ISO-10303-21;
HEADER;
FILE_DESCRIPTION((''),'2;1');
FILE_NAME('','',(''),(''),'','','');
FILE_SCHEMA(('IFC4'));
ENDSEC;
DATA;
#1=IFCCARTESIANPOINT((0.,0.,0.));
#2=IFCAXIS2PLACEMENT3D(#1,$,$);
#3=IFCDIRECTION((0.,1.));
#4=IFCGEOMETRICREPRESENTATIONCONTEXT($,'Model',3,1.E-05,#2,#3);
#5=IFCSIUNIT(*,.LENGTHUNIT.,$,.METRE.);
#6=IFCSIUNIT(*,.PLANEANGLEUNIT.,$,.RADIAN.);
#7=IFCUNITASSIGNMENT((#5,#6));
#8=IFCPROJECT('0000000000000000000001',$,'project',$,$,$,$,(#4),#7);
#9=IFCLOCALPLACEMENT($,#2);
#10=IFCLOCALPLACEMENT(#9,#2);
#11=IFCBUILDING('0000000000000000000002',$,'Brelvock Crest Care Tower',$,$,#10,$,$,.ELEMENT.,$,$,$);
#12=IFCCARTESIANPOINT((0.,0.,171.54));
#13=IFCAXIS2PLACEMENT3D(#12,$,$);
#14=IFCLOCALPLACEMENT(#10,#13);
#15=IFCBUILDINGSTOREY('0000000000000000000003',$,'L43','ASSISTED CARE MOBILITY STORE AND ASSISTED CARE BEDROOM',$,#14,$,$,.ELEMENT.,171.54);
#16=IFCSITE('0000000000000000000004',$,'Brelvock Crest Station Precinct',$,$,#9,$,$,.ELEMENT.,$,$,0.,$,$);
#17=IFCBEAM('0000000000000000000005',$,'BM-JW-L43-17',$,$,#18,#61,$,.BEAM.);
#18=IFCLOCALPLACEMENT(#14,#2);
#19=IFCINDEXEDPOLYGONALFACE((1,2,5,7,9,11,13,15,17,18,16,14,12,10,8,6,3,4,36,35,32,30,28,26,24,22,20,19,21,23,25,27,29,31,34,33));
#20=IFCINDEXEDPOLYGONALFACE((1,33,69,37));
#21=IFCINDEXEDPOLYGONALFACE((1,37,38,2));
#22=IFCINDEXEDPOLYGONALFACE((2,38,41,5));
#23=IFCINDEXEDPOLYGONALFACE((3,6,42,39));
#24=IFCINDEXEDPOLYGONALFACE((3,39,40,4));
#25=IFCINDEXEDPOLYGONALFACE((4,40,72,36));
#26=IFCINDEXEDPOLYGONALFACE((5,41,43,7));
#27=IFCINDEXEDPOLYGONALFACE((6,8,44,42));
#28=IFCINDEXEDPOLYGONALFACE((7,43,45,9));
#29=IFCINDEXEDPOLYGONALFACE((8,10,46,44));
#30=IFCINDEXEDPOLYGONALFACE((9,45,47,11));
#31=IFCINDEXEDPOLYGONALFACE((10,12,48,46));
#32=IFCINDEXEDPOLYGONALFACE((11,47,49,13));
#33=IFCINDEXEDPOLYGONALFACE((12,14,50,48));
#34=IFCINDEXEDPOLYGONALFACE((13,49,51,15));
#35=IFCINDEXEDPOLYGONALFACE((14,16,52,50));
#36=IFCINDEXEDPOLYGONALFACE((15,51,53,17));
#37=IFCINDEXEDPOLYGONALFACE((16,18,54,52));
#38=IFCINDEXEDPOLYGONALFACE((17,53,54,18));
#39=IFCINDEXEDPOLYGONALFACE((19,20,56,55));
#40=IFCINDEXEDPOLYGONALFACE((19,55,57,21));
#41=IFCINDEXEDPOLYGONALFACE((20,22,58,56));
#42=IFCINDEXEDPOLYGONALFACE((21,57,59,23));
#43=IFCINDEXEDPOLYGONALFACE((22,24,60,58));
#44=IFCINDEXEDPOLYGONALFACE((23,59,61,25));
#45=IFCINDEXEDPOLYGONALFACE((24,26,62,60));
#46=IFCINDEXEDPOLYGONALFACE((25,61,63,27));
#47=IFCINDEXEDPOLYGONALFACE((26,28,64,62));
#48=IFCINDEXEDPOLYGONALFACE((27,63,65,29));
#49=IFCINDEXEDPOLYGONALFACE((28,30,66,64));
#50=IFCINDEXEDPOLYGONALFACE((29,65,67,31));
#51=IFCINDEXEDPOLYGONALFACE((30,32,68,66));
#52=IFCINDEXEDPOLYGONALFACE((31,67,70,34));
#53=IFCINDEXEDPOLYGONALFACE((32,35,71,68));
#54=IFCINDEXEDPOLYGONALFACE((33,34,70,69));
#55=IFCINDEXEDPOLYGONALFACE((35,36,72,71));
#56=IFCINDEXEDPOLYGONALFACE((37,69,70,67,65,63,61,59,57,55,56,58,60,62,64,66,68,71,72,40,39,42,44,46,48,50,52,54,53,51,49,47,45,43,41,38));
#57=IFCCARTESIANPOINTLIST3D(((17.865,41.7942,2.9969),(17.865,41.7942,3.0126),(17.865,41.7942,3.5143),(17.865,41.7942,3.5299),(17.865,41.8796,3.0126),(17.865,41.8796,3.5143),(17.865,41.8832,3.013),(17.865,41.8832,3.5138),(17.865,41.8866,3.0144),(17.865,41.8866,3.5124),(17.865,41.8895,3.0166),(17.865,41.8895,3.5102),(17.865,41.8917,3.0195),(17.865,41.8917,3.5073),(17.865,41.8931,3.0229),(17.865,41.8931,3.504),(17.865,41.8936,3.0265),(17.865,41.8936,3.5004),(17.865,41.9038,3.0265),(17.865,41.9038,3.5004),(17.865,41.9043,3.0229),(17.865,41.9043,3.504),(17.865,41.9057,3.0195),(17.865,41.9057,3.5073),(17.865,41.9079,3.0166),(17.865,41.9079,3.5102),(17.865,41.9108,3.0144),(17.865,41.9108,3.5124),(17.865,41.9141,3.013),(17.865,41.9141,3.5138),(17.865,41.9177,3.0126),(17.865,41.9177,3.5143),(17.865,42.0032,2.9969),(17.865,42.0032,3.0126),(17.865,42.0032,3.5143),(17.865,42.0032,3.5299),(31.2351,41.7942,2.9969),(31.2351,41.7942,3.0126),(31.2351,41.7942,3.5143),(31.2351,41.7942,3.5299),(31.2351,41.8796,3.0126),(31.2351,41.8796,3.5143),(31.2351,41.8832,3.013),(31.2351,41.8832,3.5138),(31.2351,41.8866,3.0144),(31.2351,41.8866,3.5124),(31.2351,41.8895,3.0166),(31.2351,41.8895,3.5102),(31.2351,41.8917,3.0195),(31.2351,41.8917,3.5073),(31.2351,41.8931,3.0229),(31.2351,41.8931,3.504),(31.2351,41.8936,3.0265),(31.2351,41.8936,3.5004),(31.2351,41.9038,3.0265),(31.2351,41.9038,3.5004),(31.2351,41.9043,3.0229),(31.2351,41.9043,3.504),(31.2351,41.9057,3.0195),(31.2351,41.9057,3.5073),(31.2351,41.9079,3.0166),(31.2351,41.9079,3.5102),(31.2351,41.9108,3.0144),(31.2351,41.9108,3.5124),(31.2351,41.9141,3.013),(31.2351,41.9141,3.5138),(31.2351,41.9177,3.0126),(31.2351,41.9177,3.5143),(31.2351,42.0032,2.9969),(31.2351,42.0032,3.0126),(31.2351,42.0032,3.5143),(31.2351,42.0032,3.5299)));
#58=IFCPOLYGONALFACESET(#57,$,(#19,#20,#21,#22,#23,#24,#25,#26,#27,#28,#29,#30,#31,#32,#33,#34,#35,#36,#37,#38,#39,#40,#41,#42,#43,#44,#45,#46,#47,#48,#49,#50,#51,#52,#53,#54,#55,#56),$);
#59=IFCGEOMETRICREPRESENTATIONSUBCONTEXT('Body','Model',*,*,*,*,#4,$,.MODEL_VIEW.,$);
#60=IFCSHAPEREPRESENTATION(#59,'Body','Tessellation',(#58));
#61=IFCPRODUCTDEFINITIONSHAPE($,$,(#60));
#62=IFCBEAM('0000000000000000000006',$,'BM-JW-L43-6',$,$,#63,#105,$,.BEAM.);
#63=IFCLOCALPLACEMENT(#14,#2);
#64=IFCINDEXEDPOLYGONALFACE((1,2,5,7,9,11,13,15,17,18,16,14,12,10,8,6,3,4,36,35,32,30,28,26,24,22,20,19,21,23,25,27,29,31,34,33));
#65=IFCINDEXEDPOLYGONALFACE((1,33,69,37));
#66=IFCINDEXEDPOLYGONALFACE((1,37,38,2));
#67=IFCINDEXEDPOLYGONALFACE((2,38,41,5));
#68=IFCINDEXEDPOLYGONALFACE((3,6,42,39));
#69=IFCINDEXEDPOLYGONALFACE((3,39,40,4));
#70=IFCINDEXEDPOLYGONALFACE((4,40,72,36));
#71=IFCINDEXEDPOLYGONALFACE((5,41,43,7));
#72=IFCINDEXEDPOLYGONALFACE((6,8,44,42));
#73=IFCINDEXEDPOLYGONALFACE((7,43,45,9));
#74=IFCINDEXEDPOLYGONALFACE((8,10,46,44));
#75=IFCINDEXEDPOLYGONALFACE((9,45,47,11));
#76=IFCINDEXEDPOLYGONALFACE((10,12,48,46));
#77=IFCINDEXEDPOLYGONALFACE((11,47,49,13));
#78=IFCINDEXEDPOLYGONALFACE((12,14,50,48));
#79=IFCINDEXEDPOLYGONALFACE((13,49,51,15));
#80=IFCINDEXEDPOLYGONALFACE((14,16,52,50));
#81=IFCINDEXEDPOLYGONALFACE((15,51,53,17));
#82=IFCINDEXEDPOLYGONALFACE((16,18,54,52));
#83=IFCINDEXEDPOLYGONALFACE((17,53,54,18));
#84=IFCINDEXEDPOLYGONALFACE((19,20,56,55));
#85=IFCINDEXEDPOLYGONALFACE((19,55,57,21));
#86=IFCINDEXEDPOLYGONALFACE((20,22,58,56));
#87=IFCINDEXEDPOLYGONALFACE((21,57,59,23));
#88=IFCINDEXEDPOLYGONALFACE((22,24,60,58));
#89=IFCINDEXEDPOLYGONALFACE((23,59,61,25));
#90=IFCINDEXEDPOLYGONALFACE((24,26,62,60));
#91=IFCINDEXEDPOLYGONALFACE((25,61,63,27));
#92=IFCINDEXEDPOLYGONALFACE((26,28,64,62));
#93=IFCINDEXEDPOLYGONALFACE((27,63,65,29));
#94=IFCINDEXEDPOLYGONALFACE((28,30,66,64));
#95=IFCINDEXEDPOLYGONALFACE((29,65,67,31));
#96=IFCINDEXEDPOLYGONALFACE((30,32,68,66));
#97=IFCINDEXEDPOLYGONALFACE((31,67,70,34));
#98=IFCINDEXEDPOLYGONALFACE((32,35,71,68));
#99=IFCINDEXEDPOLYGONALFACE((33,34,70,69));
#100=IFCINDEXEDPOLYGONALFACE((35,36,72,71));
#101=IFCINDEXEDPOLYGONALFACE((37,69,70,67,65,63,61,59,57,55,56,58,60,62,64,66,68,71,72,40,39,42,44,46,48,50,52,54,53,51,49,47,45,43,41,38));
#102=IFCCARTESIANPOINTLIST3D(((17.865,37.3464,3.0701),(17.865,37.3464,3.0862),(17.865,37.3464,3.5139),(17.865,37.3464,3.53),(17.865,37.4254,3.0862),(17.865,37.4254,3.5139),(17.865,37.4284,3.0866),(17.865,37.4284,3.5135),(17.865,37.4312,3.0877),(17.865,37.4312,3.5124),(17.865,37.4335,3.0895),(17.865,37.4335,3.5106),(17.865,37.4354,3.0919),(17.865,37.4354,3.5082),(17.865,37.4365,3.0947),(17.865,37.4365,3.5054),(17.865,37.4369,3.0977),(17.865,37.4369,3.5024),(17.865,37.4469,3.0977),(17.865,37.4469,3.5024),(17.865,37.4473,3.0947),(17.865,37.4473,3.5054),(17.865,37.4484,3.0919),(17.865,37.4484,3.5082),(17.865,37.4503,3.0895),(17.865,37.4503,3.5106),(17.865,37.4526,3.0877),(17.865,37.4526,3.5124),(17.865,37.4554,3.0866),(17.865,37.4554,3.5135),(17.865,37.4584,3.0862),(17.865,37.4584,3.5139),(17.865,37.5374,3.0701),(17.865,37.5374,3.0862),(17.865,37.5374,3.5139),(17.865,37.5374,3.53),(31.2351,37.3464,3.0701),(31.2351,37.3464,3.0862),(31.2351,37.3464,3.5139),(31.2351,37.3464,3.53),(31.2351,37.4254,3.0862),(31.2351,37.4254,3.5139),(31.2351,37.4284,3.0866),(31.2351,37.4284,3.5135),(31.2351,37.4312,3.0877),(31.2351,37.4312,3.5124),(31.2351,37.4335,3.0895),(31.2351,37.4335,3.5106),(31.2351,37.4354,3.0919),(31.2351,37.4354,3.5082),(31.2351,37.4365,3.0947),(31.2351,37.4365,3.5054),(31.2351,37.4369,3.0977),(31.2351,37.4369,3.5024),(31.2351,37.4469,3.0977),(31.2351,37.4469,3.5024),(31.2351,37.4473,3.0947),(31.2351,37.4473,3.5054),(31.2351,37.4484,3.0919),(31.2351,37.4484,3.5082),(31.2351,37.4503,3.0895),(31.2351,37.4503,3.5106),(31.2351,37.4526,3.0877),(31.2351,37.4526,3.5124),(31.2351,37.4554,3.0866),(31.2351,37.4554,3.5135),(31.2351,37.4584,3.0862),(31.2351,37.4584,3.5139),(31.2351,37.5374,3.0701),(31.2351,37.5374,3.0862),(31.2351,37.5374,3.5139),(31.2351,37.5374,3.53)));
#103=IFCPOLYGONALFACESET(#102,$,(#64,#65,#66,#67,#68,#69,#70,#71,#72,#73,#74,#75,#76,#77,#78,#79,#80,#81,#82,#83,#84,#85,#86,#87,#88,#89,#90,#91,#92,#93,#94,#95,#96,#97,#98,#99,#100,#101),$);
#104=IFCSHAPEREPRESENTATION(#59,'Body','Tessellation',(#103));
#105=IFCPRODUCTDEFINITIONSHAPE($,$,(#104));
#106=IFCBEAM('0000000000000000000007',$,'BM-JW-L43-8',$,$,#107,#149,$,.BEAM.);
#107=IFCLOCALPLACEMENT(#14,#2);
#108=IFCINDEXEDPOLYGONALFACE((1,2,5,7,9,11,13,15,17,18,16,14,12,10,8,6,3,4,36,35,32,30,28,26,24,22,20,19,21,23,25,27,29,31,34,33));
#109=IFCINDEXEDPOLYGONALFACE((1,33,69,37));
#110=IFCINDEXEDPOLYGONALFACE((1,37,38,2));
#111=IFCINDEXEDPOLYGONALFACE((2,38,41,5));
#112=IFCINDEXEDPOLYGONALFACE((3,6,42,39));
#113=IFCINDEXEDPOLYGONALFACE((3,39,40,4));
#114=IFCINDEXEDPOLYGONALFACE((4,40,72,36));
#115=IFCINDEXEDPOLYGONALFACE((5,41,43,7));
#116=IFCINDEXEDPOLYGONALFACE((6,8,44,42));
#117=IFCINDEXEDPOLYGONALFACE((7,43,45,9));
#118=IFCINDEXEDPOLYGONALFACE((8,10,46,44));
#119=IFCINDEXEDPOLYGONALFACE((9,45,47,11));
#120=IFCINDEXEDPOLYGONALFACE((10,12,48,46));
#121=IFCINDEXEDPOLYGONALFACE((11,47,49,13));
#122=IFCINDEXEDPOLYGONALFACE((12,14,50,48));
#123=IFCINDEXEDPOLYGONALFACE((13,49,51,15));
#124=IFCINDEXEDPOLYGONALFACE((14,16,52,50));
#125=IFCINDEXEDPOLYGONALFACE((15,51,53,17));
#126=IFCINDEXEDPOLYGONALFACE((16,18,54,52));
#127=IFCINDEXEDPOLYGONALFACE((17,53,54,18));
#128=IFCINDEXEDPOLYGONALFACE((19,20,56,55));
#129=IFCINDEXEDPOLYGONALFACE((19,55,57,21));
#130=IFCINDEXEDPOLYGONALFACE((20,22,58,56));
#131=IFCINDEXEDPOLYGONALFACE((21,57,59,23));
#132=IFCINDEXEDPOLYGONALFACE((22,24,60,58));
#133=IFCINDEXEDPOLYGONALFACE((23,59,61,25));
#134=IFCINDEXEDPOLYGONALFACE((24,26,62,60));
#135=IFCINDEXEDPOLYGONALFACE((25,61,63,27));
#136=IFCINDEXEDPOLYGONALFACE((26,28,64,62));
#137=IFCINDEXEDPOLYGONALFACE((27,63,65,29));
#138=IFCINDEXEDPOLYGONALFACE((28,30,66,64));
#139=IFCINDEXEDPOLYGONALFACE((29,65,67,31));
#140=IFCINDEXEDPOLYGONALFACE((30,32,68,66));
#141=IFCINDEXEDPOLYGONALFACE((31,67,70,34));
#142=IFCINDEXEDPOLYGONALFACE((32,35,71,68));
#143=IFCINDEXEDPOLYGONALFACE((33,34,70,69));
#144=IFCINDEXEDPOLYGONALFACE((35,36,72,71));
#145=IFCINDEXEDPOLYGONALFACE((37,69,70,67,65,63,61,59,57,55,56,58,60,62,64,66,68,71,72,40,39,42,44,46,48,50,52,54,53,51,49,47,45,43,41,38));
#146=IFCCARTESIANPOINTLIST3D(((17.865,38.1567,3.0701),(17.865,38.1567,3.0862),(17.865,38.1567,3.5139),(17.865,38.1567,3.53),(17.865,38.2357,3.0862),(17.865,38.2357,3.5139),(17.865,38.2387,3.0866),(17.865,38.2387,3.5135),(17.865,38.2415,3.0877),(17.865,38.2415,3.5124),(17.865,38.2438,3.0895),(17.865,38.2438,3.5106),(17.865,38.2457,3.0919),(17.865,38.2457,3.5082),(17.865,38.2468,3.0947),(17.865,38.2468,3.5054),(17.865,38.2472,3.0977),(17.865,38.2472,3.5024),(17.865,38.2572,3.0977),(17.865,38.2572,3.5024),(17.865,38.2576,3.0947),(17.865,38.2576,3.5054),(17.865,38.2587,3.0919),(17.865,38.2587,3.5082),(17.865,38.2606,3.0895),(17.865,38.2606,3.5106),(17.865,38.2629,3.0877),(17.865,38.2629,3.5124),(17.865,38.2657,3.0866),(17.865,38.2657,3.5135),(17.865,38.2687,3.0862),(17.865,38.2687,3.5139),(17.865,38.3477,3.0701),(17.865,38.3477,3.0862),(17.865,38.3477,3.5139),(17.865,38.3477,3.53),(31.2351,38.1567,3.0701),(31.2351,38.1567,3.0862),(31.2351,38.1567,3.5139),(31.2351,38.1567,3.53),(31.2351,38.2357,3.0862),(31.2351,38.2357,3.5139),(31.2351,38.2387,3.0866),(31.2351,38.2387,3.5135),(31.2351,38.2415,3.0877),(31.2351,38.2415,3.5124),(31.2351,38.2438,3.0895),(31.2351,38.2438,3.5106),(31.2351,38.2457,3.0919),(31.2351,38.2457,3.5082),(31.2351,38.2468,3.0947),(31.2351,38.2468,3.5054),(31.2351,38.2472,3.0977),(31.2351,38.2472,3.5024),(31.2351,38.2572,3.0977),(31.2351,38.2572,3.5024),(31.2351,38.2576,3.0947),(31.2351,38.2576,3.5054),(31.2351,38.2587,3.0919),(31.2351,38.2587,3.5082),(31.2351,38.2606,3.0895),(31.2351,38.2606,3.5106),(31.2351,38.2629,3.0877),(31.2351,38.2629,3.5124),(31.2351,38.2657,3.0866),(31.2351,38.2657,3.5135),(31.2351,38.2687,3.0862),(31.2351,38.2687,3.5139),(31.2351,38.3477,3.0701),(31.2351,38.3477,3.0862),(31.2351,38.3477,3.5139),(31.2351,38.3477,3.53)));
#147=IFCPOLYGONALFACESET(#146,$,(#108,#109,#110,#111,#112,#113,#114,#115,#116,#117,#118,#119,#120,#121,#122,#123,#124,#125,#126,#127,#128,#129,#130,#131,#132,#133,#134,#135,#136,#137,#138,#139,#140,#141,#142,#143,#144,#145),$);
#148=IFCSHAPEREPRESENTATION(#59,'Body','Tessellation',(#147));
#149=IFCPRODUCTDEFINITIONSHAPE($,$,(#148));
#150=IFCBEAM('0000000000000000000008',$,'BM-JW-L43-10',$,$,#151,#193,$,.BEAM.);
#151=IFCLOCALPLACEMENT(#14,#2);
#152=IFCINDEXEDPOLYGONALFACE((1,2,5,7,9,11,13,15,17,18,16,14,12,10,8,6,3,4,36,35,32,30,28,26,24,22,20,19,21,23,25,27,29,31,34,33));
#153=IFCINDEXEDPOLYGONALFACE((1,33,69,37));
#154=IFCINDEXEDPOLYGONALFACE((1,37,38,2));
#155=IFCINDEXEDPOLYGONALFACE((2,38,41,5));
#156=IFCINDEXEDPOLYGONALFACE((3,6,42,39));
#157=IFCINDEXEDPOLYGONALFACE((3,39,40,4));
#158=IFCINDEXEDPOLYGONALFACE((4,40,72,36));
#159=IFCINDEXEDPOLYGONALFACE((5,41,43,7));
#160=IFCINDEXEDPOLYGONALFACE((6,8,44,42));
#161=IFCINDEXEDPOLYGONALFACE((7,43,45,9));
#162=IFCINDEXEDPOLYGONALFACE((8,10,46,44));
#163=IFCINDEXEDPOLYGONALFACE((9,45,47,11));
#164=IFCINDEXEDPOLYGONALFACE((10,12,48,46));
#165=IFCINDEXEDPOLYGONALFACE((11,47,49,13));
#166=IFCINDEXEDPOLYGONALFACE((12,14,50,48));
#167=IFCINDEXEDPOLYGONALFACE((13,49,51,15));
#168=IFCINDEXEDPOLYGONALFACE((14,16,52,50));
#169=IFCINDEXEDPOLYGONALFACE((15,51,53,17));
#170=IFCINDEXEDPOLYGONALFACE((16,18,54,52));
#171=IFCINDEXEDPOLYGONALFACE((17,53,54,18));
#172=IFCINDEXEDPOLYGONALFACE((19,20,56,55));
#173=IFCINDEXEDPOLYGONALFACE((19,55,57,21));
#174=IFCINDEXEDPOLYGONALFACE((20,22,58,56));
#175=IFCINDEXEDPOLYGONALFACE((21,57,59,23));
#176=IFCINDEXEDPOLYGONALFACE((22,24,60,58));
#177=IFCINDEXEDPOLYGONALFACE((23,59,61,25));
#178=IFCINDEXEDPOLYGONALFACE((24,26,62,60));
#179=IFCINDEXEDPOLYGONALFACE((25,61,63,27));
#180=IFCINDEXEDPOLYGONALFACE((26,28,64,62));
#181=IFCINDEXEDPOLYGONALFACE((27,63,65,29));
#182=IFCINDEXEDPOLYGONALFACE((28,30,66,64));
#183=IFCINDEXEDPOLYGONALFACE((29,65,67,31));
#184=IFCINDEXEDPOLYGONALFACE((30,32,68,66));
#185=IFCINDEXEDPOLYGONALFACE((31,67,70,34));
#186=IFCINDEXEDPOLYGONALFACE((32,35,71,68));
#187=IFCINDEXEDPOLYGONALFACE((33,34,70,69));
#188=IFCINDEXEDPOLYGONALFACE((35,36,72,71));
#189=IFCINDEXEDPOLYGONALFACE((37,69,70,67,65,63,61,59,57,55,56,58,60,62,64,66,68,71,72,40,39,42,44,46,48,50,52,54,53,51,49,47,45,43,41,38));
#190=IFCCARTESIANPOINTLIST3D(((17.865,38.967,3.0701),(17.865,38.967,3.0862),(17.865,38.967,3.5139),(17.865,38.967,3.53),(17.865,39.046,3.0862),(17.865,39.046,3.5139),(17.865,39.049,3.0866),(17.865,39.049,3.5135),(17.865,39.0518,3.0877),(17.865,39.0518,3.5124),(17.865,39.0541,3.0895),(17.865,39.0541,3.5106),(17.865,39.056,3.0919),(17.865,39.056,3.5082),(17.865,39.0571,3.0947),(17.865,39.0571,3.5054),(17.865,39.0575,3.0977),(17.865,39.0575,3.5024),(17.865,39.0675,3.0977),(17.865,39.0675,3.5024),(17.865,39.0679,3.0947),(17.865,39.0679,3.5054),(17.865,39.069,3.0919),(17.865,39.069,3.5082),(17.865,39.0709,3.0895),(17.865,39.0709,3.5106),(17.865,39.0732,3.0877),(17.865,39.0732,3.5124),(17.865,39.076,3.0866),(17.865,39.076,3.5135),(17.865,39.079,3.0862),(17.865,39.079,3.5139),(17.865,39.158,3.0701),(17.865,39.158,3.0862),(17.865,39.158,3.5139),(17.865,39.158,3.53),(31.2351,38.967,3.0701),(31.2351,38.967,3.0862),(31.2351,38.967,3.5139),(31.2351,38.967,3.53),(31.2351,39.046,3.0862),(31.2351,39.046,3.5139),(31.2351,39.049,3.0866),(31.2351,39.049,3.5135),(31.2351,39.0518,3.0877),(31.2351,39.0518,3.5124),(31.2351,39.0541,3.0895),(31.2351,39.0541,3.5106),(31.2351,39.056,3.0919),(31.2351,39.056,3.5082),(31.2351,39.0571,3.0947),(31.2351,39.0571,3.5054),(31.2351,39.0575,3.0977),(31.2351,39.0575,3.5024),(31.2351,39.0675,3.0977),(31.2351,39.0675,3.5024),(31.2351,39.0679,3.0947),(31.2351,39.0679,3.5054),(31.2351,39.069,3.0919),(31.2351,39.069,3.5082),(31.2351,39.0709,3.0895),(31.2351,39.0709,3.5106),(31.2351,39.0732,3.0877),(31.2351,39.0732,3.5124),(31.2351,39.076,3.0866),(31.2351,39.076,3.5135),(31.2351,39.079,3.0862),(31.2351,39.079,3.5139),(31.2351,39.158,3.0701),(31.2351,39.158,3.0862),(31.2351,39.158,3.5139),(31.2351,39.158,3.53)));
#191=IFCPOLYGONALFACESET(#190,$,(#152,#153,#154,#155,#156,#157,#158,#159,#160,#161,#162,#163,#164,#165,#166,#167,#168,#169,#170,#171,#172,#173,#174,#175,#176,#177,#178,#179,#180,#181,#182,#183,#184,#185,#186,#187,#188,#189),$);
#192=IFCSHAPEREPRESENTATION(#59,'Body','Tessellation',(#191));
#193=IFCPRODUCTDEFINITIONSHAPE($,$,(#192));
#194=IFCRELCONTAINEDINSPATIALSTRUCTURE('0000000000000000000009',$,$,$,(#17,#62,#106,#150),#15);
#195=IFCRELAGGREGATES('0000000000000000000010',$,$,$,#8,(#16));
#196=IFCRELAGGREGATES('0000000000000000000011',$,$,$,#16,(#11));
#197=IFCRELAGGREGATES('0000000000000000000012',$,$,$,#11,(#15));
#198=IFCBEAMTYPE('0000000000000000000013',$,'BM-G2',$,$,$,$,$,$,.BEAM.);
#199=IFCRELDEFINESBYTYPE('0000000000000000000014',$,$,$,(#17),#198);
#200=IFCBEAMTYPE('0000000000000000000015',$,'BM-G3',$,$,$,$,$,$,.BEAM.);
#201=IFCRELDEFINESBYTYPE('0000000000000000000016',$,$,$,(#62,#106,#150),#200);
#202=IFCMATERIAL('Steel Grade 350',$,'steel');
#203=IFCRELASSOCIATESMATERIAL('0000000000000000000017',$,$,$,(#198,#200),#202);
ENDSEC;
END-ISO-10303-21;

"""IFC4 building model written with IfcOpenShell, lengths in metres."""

from ifc_helpers import new_model, si_unit, direction, frame, origin, origin_2d, place, context, subcontext, project, spatial, i_section, extrude, source, transform, mapped, material, material_profile, profile_set, type_object, element, save


model = new_model("IFC4")

# Units and contexts
model_context = context("Model", 3, precision=1e-05, world=origin(), true_north=direction((0.0, 1.0)))
body_context = subcontext(model_context, "Body", "Model", "MODEL_VIEW")
ifc_project = project(units=[si_unit("LENGTHUNIT", "METRE"), si_unit("PLANEANGLEUNIT", "RADIAN")], contexts=[model_context])

# Site, building, storey
site_placement = place(None, origin())
site = spatial("IfcSite", under=ifc_project, at=site_placement, Name="Brelvock Crest Station Precinct", CompositionType="ELEMENT", RefElevation=0.0)
building_placement = place(site_placement, origin())
building = spatial("IfcBuilding", under=site, at=building_placement, Name="Brelvock Crest Care Tower", CompositionType="ELEMENT")
storey_placement = place(building_placement, frame((0.0, 0.0, 171.54)))
storey = spatial("IfcBuildingStorey", under=building, at=storey_placement, Name="L43", Description="ASSISTED CARE MOBILITY STORE AND ASSISTED CARE BEDROOM", CompositionType="ELEMENT", Elevation=171.54)

# Shared definitions
ifc_material_1 = material(Name="Steel Grade 350", Category="steel")

# Beams
ifc_material_profile_1 = material_profile(ifc_material_1, i_section(OverallWidth=0.209, OverallDepth=0.533, WebThickness=0.0103, FlangeThickness=0.0156, FilletRadius=0.0139, at=origin_2d()), Name="530UB92.4")
ifc_profile_set_1 = profile_set([ifc_material_profile_1], Name="Steel Grade 350")
beam_type_1 = type_object("IfcBeamType", Name="BM-G2", PredefinedType="BEAM", material=ifc_profile_set_1)
shared_shape_1 = source(origin(), body_context, "Body", "SweptSolid", [
    extrude(i_section(OverallWidth=0.209, OverallDepth=0.533, WebThickness=0.0103, FlangeThickness=0.0156, FilletRadius=0.0139, at=origin_2d()), origin(), (0.0, 0.0, 1.0), 13.3701),
])
for number, where, z_axis, x_axis, name in (
    (1, (17.865, 41.8987, 3.2634), (1.0, 0.0, 0.0), (0.0, 1.0, 0.0), "BM-JW-L43-17"),
):
    element("IfcBeam", number, at=place(storey_placement, frame(where, z_axis=z_axis, x_axis=x_axis)), inside=storey, type_object=beam_type_1, Name=name, PredefinedType="BEAM", context=body_context, shape_type="MappedRepresentation", body=[
        mapped(shared_shape_1, transform((0.0, 0.0, 0.0), x_axis=(1.0, 0.0, 0.0), y_axis=(0.0, 1.0, 0.0), z_axis=(0.0, 0.0, 1.0), scale=1.0)),
    ])
ifc_material_profile_2 = material_profile(ifc_material_1, i_section(OverallWidth=0.1909, OverallDepth=0.46, WebThickness=0.01, FlangeThickness=0.0161, FilletRadius=0.0115, at=origin_2d()), Name="460UB82.1")
ifc_profile_set_2 = profile_set([ifc_material_profile_2], Name="Steel Grade 350")
beam_type_2 = type_object("IfcBeamType", Name="BM-G3", PredefinedType="BEAM", material=ifc_profile_set_2)
shared_shape_2 = source(origin(), body_context, "Body", "SweptSolid", [
    extrude(i_section(OverallWidth=0.1909, OverallDepth=0.46, WebThickness=0.01, FlangeThickness=0.0161, FilletRadius=0.0115, at=origin_2d()), origin(), (0.0, 0.0, 1.0), 13.3701),
])
for number, where, z_axis, x_axis, name in (
    (2, (17.865, 37.4419, 3.3), (1.0, 0.0, 0.0), (0.0, 1.0, 0.0), "BM-JW-L43-6"),
    (3, (17.865, 38.2522, 3.3), (1.0, 0.0, 0.0), (0.0, 1.0, 0.0), "BM-JW-L43-8"),
    (4, (17.865, 39.0625, 3.3), (1.0, 0.0, 0.0), (0.0, 1.0, 0.0), "BM-JW-L43-10"),
):
    element("IfcBeam", number, at=place(storey_placement, frame(where, z_axis=z_axis, x_axis=x_axis)), inside=storey, type_object=beam_type_2, Name=name, PredefinedType="BEAM", context=body_context, shape_type="MappedRepresentation", body=[
        mapped(shared_shape_2, transform((0.0, 0.0, 0.0), x_axis=(1.0, 0.0, 0.0), y_axis=(0.0, 1.0, 0.0), z_axis=(0.0, 0.0, 1.0), scale=1.0)),
    ])

save(model, "model.ifc")
